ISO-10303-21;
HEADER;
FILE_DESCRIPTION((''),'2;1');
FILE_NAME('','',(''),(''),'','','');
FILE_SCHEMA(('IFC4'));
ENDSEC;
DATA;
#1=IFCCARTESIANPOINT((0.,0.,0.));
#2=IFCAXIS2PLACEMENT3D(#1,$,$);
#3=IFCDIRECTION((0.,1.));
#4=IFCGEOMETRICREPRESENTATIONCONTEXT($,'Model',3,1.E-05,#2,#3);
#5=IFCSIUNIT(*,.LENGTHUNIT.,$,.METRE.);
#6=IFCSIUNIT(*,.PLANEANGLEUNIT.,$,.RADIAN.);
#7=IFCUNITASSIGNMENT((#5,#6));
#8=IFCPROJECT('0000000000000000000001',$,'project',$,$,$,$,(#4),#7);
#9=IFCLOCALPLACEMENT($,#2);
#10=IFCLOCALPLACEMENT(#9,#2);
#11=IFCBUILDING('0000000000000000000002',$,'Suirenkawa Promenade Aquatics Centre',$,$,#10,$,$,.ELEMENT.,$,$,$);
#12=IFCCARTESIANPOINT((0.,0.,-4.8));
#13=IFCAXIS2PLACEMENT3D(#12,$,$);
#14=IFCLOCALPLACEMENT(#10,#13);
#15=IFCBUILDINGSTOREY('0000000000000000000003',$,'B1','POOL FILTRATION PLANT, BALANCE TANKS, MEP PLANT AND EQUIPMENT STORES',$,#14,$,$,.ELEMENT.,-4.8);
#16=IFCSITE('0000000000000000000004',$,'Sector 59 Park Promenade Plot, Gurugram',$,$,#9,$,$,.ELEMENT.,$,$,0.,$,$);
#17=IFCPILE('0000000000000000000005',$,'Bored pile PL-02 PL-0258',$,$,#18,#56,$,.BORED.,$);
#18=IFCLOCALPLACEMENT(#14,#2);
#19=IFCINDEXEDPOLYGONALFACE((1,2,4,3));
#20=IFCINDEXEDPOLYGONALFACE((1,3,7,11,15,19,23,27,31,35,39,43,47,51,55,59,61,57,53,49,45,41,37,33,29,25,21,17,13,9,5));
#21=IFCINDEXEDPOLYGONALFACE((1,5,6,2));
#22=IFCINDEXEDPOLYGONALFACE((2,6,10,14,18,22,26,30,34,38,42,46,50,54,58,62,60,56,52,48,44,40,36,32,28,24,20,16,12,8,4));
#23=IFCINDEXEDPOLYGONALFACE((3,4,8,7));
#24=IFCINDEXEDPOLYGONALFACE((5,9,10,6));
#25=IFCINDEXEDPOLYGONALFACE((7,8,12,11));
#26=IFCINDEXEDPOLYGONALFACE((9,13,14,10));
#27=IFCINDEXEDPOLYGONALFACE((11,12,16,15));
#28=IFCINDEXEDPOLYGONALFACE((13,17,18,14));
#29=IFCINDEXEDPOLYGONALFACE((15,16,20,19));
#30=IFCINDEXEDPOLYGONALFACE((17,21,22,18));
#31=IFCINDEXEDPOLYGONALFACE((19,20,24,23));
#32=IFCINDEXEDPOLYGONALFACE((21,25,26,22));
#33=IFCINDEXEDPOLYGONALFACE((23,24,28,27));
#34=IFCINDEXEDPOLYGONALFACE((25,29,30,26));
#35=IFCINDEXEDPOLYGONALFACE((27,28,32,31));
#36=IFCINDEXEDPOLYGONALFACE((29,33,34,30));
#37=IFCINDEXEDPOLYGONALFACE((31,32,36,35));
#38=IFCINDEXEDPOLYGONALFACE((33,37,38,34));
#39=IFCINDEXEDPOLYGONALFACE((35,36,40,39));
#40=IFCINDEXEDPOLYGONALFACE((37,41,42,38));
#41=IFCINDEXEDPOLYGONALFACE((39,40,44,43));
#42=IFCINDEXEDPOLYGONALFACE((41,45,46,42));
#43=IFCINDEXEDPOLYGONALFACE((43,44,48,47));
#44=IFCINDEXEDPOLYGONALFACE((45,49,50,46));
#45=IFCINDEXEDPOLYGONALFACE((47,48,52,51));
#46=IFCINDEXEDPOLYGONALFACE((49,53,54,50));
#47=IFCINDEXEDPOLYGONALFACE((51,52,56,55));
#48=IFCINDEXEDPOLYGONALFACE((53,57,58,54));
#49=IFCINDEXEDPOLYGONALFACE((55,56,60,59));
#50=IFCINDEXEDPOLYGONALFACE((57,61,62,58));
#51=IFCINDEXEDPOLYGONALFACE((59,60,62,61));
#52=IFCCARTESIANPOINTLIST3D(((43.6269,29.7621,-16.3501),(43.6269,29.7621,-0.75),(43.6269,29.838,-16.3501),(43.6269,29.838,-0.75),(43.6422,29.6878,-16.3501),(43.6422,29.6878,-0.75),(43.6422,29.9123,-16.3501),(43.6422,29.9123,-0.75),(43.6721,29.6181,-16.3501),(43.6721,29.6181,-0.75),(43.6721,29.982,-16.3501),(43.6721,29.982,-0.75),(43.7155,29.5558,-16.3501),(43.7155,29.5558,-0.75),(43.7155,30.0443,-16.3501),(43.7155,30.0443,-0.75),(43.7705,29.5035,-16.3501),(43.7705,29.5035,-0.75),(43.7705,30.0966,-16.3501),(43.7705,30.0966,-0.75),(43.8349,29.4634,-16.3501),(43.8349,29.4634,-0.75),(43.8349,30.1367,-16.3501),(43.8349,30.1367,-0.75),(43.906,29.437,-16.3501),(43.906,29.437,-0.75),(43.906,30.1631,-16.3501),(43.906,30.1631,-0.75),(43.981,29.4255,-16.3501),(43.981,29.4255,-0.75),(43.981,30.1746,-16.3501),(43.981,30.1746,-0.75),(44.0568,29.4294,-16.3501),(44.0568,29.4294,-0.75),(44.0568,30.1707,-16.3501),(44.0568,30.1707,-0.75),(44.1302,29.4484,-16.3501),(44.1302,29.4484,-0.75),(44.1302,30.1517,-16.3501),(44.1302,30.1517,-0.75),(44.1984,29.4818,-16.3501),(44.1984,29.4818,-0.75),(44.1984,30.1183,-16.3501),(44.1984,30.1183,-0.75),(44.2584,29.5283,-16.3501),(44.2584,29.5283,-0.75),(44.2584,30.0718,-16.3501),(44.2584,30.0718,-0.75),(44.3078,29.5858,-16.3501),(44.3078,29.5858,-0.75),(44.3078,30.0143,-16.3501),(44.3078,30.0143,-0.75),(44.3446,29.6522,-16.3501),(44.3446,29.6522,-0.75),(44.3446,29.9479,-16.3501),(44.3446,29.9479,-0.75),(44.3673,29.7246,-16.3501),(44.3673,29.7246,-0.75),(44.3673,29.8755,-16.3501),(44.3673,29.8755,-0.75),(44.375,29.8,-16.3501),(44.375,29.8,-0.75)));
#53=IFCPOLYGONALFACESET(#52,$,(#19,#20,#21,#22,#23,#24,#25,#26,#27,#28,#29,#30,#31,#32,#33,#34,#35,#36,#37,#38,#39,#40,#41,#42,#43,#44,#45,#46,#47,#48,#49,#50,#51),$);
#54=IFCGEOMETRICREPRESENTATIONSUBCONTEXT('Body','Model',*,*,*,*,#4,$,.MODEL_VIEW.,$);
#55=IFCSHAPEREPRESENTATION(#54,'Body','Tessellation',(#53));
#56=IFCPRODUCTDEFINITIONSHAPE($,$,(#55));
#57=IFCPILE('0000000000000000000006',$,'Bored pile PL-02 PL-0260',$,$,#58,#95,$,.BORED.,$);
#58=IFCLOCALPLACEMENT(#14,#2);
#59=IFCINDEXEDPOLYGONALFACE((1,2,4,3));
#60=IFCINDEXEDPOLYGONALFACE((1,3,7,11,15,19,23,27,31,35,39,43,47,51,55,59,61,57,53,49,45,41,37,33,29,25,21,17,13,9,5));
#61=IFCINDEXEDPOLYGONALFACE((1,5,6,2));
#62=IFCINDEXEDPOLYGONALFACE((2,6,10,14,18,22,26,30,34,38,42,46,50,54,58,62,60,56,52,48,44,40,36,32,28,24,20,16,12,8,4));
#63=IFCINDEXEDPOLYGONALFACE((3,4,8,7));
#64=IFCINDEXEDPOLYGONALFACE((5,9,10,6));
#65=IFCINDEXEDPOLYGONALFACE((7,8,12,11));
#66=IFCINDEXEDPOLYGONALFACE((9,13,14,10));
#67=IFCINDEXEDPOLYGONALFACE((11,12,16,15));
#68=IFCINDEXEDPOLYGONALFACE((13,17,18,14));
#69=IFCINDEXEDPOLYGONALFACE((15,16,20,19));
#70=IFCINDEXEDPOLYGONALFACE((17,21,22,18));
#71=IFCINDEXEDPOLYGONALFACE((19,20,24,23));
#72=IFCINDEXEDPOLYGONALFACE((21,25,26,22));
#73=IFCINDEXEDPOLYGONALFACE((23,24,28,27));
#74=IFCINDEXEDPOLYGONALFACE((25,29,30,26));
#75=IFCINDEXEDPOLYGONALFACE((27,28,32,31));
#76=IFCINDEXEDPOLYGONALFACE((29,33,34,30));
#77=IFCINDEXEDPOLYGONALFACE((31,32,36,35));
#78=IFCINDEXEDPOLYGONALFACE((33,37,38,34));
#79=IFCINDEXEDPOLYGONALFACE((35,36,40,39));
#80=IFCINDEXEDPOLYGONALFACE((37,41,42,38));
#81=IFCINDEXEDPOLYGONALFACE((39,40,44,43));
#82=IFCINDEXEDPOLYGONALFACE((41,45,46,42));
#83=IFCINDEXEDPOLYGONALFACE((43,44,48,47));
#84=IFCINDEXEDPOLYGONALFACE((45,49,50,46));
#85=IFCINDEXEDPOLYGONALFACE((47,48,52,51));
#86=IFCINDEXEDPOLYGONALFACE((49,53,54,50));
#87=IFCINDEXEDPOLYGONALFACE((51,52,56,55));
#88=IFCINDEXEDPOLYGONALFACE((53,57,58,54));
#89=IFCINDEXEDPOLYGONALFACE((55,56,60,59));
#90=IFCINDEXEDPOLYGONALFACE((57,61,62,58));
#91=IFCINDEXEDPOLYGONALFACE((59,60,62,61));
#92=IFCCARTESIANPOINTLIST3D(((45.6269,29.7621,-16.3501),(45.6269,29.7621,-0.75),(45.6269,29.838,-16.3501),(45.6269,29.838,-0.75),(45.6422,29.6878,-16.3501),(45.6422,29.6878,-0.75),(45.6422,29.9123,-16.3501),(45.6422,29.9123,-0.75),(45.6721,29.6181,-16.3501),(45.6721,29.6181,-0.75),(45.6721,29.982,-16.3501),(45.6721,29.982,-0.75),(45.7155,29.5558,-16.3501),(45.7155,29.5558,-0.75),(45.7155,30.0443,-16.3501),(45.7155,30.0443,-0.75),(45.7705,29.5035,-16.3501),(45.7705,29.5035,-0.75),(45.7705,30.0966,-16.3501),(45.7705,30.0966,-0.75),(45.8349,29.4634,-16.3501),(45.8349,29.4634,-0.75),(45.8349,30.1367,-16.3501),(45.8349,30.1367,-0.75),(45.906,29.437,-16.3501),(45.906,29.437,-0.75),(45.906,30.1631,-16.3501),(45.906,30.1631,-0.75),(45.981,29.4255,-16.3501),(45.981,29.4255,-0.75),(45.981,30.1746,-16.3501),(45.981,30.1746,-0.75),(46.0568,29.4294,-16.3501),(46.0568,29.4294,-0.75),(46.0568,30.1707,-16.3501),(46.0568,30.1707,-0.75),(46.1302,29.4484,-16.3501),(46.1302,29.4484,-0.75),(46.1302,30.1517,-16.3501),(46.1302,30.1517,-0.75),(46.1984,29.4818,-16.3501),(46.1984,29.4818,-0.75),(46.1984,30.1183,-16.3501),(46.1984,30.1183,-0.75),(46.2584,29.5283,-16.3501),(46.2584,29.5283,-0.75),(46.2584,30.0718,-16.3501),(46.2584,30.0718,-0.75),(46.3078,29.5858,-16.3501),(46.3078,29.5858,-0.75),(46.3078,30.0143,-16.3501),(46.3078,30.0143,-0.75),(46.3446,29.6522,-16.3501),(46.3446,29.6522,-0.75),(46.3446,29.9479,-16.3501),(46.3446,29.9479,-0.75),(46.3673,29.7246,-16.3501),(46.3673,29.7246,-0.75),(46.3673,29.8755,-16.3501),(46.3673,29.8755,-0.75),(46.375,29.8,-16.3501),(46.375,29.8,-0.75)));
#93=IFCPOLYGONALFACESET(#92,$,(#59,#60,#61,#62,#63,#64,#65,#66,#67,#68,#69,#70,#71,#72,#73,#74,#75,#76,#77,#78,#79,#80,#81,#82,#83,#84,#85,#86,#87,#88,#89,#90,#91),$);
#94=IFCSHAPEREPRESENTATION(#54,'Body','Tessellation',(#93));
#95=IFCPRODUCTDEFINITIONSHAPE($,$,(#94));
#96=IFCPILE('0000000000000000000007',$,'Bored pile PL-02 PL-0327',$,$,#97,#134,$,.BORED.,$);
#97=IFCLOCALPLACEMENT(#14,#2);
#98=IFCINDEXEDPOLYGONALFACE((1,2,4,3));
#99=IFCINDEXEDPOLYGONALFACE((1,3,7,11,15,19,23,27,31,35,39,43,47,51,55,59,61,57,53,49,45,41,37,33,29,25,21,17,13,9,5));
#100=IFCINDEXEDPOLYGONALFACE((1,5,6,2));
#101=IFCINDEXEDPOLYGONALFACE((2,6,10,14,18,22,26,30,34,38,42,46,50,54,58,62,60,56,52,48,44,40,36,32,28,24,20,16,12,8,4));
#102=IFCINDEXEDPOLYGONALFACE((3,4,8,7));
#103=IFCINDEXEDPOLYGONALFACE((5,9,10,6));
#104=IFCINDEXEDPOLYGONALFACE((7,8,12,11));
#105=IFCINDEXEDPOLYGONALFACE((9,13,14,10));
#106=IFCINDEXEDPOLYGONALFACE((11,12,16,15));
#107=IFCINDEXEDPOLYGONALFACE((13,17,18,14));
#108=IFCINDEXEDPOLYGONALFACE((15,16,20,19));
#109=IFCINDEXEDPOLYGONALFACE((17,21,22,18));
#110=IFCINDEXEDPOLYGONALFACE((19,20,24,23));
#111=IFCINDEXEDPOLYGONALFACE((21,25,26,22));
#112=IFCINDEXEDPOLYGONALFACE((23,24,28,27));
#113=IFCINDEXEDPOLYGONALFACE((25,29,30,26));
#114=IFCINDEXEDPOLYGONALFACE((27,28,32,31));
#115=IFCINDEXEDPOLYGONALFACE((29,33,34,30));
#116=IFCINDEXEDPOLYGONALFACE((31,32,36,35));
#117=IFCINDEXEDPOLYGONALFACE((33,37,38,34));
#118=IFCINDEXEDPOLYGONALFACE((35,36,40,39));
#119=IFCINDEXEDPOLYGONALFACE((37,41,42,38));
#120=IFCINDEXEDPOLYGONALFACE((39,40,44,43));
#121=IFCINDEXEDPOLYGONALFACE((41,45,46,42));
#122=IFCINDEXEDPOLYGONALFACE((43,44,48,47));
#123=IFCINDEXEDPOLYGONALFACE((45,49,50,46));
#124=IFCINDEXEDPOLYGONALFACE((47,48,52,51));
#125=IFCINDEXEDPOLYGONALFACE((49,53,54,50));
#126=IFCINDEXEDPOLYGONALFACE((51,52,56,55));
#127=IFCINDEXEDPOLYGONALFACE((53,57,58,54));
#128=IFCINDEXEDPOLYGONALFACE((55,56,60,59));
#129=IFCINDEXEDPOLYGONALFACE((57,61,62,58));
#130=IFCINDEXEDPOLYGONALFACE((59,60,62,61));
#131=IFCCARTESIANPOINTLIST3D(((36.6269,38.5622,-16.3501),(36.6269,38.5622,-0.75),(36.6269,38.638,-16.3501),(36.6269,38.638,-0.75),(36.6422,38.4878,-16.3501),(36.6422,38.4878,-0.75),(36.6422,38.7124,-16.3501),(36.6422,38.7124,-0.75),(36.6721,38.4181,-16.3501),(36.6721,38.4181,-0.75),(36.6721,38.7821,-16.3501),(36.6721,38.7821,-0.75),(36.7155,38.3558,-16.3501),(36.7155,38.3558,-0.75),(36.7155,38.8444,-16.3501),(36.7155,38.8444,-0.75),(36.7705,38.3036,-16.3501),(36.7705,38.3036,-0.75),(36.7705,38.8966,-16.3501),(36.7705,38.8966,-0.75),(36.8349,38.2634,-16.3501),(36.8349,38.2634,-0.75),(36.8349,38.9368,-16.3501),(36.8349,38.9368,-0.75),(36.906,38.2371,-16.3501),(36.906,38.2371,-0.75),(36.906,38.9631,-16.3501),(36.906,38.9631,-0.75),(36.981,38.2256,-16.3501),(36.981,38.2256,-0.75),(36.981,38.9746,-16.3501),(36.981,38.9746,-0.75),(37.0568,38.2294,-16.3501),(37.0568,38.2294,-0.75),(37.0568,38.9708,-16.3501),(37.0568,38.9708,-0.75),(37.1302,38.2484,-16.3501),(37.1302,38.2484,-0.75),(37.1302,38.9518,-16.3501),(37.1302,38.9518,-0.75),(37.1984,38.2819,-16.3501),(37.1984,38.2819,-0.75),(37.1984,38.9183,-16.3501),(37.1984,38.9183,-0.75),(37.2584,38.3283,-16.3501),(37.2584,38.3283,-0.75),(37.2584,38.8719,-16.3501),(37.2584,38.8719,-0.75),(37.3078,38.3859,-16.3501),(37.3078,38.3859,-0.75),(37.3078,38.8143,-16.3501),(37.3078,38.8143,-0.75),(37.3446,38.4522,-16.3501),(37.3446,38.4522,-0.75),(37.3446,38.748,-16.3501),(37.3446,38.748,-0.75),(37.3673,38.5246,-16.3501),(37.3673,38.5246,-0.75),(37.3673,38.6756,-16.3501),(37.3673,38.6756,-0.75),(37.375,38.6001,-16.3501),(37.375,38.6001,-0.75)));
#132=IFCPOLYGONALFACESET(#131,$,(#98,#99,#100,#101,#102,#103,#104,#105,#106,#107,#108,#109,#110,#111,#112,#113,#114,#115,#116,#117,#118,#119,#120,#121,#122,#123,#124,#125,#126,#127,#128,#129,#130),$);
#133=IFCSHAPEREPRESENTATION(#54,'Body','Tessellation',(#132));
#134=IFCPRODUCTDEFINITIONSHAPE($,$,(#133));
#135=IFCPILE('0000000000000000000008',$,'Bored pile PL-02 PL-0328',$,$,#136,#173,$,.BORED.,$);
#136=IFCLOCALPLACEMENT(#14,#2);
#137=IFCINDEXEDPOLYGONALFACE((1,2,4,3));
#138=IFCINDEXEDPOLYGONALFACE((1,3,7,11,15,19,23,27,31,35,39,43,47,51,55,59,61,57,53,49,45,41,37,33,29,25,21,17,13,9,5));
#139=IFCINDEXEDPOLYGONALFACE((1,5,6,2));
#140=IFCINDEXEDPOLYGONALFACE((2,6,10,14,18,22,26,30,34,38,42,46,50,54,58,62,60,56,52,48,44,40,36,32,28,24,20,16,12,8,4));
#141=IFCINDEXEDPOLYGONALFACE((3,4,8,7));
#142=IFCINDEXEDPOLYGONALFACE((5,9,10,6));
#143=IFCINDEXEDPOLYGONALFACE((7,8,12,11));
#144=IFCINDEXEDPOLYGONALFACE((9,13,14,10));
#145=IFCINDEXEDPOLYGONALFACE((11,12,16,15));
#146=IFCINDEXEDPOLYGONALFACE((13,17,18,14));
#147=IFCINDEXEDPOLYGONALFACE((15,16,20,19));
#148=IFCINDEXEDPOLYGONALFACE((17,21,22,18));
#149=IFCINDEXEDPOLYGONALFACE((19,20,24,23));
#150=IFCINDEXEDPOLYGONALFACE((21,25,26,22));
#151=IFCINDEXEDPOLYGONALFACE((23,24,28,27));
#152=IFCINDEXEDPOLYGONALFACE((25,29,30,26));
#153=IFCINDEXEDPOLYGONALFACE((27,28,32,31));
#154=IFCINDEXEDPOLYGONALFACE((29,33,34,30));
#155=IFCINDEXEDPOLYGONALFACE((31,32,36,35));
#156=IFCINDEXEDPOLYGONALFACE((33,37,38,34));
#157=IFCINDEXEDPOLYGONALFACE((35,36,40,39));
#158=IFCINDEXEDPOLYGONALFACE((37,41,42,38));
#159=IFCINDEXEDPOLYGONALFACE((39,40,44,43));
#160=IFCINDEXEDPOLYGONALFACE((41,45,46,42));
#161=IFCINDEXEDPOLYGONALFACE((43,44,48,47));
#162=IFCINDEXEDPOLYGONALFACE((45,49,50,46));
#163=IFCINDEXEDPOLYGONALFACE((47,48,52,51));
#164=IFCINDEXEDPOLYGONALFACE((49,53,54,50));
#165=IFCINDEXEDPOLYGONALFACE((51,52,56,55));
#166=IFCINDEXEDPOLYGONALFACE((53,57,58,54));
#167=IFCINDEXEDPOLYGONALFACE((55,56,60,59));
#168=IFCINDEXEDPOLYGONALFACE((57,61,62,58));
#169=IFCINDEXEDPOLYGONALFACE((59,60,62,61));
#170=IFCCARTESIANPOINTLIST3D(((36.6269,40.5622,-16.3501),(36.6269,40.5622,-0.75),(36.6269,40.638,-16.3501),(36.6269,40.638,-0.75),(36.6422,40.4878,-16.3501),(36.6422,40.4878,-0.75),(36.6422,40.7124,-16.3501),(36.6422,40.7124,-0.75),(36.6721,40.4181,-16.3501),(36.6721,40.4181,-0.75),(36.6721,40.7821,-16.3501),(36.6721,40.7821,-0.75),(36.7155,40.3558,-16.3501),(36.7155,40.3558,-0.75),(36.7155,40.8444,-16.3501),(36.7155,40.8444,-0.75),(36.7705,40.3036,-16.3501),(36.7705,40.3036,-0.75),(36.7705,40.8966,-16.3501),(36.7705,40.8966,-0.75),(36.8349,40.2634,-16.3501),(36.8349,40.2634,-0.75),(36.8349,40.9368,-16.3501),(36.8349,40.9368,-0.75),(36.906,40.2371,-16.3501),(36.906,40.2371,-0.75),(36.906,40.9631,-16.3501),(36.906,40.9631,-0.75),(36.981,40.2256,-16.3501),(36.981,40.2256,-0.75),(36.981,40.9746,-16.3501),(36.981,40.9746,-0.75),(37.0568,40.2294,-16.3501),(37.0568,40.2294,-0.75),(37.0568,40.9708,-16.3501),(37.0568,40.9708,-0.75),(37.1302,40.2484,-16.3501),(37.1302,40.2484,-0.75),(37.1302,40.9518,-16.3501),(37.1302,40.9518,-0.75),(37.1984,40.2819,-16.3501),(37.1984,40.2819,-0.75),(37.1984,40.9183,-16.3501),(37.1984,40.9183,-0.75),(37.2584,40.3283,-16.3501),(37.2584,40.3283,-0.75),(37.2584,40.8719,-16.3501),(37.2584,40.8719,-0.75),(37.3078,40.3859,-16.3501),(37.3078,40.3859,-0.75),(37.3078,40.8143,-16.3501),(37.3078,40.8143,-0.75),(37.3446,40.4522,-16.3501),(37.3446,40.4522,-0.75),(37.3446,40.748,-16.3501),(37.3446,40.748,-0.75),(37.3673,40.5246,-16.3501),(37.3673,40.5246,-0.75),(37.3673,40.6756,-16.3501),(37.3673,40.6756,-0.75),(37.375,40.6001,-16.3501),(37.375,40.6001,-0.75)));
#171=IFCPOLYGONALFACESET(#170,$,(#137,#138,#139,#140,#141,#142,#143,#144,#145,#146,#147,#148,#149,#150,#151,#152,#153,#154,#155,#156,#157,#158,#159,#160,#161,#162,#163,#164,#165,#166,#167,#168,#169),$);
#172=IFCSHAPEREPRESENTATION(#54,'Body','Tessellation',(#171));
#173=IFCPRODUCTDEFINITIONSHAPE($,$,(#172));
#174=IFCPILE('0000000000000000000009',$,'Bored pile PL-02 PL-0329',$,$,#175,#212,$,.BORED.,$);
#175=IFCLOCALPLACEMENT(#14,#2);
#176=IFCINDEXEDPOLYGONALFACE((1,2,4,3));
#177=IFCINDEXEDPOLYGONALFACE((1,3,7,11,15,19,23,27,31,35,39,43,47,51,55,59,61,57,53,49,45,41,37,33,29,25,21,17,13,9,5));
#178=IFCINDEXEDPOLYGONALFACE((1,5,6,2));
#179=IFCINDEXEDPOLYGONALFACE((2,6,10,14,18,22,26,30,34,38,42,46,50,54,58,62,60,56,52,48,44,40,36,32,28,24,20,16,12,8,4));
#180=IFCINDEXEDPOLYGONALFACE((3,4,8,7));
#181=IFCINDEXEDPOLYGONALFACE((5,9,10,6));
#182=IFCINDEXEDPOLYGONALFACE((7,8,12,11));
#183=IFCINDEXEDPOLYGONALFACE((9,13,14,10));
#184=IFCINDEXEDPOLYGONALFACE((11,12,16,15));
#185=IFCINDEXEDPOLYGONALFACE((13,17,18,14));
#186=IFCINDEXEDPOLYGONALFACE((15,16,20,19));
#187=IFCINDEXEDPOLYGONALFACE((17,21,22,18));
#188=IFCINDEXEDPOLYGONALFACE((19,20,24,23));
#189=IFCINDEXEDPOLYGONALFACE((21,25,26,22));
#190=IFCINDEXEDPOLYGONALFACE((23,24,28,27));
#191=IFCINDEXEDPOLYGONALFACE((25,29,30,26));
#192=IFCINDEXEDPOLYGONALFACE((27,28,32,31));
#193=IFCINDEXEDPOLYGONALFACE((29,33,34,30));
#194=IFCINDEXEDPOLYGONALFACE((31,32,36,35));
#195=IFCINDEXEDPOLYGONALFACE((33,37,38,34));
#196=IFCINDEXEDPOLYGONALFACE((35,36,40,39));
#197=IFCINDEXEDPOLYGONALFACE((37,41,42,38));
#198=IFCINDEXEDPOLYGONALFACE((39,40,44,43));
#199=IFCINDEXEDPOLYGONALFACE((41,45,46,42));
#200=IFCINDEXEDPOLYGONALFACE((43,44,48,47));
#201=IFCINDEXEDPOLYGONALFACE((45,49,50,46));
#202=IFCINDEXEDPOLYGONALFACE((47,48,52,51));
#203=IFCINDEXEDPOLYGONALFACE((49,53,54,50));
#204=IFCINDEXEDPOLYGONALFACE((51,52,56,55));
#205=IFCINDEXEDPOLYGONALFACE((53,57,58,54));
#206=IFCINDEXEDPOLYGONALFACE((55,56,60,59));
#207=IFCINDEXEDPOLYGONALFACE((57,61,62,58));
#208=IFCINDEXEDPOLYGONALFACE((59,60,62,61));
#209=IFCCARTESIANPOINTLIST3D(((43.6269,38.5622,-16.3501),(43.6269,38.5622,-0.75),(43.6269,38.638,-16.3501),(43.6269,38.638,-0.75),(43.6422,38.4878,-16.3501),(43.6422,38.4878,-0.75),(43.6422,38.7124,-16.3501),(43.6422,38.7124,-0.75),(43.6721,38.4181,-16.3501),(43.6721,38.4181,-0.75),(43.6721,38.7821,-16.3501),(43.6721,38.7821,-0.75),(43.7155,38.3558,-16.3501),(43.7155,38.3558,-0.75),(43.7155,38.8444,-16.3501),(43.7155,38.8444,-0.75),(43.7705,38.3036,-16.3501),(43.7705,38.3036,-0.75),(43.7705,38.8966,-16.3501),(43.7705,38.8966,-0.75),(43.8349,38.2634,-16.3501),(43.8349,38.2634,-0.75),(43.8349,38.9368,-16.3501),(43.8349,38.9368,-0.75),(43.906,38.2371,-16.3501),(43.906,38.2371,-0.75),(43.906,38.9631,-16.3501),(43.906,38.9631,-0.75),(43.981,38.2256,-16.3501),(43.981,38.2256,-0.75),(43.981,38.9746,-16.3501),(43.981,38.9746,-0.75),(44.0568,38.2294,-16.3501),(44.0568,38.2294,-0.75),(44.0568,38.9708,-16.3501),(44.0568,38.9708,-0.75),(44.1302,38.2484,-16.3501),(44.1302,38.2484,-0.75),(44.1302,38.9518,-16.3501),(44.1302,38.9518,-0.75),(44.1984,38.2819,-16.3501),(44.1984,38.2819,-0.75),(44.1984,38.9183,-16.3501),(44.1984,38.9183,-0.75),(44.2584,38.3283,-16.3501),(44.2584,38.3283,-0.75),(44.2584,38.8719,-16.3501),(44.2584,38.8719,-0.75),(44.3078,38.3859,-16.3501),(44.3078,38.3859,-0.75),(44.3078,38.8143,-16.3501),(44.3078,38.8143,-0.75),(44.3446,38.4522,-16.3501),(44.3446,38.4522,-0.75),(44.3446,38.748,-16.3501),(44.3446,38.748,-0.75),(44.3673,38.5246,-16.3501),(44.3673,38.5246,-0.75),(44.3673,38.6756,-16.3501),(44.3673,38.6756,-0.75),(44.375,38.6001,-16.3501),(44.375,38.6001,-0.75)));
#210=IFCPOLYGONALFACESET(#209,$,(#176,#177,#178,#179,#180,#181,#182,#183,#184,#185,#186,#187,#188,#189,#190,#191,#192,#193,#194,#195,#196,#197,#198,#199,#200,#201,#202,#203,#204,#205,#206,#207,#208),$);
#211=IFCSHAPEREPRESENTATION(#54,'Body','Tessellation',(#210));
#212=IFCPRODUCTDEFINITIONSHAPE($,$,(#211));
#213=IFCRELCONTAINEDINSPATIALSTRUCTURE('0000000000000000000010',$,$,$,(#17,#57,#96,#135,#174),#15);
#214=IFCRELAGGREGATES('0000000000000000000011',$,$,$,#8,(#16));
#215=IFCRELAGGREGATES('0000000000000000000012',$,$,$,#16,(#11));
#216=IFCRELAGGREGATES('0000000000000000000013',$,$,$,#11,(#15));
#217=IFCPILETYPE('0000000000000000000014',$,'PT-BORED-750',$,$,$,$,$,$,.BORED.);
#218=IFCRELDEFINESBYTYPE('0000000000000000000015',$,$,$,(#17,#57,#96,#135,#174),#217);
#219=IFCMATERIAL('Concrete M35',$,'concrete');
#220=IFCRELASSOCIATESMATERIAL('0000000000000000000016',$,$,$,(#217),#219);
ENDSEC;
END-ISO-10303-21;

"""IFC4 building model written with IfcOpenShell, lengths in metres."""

from ifc_helpers import new_model, si_unit, direction, frame, origin, origin_2d, place, context, subcontext, project, spatial, circle, extrude, material, material_profile, profile_set, type_object, element, save


model = new_model("IFC4")

# Units and contexts
model_context = context("Model", 3, precision=1e-05, world=origin(), true_north=direction((0.0, 1.0)))
body_context = subcontext(model_context, "Body", "Model", "MODEL_VIEW")
ifc_project = project(units=[si_unit("LENGTHUNIT", "METRE"), si_unit("PLANEANGLEUNIT", "RADIAN")], contexts=[model_context])

# Site, building, storey
site_placement = place(None, origin())
site = spatial("IfcSite", under=ifc_project, at=site_placement, Name="Sector 59 Park Promenade Plot, Gurugram", CompositionType="ELEMENT", RefElevation=0.0)
building_placement = place(site_placement, origin())
building = spatial("IfcBuilding", under=site, at=building_placement, Name="Suirenkawa Promenade Aquatics Centre", CompositionType="ELEMENT")
storey_placement = place(building_placement, frame((0.0, 0.0, -4.8)))
storey = spatial("IfcBuildingStorey", under=building, at=storey_placement, Name="B1", Description="POOL FILTRATION PLANT, BALANCE TANKS, MEP PLANT AND EQUIPMENT STORES", CompositionType="ELEMENT", Elevation=-4.8)

# Shared definitions
ifc_material_1 = material(Name="Concrete M35", Category="concrete")

# Piles
ifc_material_profile_1 = material_profile(ifc_material_1, circle(Radius=0.375, at=origin_2d()), Name="PILE D750", Category="concrete")
ifc_profile_set_1 = profile_set([ifc_material_profile_1], Name="Concrete M35")
pile_type_1 = type_object("IfcPileType", Name="PT-BORED-750", PredefinedType="BORED", material=ifc_profile_set_1)
for number, where, z_axis, x_axis, name in (
    (1, (44.0, 29.8, -0.75), (0.0, 0.0, -1.0), (1.0, 0.0, 0.0), "Bored pile PL-02 PL-0258"),
    (2, (46.0, 29.8, -0.75), (0.0, 0.0, -1.0), (1.0, 0.0, 0.0), "Bored pile PL-02 PL-0260"),
    (3, (37.0, 38.6001, -0.75), (0.0, 0.0, -1.0), (1.0, 0.0, 0.0), "Bored pile PL-02 PL-0327"),
    (4, (37.0, 40.6001, -0.75), (0.0, 0.0, -1.0), (1.0, 0.0, 0.0), "Bored pile PL-02 PL-0328"),
    (5, (44.0, 38.6001, -0.75), (0.0, 0.0, -1.0), (1.0, 0.0, 0.0), "Bored pile PL-02 PL-0329"),
):
    element("IfcPile", number, at=place(storey_placement, frame(where, z_axis=z_axis, x_axis=x_axis)), inside=storey, type_object=pile_type_1, Name=name, PredefinedType="BORED", context=body_context, shape_type="SweptSolid", body=[
        extrude(circle(Radius=0.375, at=origin_2d()), origin(), (0.0, 0.0, 1.0), 15.6001),
    ])

save(model, "model.ifc")
